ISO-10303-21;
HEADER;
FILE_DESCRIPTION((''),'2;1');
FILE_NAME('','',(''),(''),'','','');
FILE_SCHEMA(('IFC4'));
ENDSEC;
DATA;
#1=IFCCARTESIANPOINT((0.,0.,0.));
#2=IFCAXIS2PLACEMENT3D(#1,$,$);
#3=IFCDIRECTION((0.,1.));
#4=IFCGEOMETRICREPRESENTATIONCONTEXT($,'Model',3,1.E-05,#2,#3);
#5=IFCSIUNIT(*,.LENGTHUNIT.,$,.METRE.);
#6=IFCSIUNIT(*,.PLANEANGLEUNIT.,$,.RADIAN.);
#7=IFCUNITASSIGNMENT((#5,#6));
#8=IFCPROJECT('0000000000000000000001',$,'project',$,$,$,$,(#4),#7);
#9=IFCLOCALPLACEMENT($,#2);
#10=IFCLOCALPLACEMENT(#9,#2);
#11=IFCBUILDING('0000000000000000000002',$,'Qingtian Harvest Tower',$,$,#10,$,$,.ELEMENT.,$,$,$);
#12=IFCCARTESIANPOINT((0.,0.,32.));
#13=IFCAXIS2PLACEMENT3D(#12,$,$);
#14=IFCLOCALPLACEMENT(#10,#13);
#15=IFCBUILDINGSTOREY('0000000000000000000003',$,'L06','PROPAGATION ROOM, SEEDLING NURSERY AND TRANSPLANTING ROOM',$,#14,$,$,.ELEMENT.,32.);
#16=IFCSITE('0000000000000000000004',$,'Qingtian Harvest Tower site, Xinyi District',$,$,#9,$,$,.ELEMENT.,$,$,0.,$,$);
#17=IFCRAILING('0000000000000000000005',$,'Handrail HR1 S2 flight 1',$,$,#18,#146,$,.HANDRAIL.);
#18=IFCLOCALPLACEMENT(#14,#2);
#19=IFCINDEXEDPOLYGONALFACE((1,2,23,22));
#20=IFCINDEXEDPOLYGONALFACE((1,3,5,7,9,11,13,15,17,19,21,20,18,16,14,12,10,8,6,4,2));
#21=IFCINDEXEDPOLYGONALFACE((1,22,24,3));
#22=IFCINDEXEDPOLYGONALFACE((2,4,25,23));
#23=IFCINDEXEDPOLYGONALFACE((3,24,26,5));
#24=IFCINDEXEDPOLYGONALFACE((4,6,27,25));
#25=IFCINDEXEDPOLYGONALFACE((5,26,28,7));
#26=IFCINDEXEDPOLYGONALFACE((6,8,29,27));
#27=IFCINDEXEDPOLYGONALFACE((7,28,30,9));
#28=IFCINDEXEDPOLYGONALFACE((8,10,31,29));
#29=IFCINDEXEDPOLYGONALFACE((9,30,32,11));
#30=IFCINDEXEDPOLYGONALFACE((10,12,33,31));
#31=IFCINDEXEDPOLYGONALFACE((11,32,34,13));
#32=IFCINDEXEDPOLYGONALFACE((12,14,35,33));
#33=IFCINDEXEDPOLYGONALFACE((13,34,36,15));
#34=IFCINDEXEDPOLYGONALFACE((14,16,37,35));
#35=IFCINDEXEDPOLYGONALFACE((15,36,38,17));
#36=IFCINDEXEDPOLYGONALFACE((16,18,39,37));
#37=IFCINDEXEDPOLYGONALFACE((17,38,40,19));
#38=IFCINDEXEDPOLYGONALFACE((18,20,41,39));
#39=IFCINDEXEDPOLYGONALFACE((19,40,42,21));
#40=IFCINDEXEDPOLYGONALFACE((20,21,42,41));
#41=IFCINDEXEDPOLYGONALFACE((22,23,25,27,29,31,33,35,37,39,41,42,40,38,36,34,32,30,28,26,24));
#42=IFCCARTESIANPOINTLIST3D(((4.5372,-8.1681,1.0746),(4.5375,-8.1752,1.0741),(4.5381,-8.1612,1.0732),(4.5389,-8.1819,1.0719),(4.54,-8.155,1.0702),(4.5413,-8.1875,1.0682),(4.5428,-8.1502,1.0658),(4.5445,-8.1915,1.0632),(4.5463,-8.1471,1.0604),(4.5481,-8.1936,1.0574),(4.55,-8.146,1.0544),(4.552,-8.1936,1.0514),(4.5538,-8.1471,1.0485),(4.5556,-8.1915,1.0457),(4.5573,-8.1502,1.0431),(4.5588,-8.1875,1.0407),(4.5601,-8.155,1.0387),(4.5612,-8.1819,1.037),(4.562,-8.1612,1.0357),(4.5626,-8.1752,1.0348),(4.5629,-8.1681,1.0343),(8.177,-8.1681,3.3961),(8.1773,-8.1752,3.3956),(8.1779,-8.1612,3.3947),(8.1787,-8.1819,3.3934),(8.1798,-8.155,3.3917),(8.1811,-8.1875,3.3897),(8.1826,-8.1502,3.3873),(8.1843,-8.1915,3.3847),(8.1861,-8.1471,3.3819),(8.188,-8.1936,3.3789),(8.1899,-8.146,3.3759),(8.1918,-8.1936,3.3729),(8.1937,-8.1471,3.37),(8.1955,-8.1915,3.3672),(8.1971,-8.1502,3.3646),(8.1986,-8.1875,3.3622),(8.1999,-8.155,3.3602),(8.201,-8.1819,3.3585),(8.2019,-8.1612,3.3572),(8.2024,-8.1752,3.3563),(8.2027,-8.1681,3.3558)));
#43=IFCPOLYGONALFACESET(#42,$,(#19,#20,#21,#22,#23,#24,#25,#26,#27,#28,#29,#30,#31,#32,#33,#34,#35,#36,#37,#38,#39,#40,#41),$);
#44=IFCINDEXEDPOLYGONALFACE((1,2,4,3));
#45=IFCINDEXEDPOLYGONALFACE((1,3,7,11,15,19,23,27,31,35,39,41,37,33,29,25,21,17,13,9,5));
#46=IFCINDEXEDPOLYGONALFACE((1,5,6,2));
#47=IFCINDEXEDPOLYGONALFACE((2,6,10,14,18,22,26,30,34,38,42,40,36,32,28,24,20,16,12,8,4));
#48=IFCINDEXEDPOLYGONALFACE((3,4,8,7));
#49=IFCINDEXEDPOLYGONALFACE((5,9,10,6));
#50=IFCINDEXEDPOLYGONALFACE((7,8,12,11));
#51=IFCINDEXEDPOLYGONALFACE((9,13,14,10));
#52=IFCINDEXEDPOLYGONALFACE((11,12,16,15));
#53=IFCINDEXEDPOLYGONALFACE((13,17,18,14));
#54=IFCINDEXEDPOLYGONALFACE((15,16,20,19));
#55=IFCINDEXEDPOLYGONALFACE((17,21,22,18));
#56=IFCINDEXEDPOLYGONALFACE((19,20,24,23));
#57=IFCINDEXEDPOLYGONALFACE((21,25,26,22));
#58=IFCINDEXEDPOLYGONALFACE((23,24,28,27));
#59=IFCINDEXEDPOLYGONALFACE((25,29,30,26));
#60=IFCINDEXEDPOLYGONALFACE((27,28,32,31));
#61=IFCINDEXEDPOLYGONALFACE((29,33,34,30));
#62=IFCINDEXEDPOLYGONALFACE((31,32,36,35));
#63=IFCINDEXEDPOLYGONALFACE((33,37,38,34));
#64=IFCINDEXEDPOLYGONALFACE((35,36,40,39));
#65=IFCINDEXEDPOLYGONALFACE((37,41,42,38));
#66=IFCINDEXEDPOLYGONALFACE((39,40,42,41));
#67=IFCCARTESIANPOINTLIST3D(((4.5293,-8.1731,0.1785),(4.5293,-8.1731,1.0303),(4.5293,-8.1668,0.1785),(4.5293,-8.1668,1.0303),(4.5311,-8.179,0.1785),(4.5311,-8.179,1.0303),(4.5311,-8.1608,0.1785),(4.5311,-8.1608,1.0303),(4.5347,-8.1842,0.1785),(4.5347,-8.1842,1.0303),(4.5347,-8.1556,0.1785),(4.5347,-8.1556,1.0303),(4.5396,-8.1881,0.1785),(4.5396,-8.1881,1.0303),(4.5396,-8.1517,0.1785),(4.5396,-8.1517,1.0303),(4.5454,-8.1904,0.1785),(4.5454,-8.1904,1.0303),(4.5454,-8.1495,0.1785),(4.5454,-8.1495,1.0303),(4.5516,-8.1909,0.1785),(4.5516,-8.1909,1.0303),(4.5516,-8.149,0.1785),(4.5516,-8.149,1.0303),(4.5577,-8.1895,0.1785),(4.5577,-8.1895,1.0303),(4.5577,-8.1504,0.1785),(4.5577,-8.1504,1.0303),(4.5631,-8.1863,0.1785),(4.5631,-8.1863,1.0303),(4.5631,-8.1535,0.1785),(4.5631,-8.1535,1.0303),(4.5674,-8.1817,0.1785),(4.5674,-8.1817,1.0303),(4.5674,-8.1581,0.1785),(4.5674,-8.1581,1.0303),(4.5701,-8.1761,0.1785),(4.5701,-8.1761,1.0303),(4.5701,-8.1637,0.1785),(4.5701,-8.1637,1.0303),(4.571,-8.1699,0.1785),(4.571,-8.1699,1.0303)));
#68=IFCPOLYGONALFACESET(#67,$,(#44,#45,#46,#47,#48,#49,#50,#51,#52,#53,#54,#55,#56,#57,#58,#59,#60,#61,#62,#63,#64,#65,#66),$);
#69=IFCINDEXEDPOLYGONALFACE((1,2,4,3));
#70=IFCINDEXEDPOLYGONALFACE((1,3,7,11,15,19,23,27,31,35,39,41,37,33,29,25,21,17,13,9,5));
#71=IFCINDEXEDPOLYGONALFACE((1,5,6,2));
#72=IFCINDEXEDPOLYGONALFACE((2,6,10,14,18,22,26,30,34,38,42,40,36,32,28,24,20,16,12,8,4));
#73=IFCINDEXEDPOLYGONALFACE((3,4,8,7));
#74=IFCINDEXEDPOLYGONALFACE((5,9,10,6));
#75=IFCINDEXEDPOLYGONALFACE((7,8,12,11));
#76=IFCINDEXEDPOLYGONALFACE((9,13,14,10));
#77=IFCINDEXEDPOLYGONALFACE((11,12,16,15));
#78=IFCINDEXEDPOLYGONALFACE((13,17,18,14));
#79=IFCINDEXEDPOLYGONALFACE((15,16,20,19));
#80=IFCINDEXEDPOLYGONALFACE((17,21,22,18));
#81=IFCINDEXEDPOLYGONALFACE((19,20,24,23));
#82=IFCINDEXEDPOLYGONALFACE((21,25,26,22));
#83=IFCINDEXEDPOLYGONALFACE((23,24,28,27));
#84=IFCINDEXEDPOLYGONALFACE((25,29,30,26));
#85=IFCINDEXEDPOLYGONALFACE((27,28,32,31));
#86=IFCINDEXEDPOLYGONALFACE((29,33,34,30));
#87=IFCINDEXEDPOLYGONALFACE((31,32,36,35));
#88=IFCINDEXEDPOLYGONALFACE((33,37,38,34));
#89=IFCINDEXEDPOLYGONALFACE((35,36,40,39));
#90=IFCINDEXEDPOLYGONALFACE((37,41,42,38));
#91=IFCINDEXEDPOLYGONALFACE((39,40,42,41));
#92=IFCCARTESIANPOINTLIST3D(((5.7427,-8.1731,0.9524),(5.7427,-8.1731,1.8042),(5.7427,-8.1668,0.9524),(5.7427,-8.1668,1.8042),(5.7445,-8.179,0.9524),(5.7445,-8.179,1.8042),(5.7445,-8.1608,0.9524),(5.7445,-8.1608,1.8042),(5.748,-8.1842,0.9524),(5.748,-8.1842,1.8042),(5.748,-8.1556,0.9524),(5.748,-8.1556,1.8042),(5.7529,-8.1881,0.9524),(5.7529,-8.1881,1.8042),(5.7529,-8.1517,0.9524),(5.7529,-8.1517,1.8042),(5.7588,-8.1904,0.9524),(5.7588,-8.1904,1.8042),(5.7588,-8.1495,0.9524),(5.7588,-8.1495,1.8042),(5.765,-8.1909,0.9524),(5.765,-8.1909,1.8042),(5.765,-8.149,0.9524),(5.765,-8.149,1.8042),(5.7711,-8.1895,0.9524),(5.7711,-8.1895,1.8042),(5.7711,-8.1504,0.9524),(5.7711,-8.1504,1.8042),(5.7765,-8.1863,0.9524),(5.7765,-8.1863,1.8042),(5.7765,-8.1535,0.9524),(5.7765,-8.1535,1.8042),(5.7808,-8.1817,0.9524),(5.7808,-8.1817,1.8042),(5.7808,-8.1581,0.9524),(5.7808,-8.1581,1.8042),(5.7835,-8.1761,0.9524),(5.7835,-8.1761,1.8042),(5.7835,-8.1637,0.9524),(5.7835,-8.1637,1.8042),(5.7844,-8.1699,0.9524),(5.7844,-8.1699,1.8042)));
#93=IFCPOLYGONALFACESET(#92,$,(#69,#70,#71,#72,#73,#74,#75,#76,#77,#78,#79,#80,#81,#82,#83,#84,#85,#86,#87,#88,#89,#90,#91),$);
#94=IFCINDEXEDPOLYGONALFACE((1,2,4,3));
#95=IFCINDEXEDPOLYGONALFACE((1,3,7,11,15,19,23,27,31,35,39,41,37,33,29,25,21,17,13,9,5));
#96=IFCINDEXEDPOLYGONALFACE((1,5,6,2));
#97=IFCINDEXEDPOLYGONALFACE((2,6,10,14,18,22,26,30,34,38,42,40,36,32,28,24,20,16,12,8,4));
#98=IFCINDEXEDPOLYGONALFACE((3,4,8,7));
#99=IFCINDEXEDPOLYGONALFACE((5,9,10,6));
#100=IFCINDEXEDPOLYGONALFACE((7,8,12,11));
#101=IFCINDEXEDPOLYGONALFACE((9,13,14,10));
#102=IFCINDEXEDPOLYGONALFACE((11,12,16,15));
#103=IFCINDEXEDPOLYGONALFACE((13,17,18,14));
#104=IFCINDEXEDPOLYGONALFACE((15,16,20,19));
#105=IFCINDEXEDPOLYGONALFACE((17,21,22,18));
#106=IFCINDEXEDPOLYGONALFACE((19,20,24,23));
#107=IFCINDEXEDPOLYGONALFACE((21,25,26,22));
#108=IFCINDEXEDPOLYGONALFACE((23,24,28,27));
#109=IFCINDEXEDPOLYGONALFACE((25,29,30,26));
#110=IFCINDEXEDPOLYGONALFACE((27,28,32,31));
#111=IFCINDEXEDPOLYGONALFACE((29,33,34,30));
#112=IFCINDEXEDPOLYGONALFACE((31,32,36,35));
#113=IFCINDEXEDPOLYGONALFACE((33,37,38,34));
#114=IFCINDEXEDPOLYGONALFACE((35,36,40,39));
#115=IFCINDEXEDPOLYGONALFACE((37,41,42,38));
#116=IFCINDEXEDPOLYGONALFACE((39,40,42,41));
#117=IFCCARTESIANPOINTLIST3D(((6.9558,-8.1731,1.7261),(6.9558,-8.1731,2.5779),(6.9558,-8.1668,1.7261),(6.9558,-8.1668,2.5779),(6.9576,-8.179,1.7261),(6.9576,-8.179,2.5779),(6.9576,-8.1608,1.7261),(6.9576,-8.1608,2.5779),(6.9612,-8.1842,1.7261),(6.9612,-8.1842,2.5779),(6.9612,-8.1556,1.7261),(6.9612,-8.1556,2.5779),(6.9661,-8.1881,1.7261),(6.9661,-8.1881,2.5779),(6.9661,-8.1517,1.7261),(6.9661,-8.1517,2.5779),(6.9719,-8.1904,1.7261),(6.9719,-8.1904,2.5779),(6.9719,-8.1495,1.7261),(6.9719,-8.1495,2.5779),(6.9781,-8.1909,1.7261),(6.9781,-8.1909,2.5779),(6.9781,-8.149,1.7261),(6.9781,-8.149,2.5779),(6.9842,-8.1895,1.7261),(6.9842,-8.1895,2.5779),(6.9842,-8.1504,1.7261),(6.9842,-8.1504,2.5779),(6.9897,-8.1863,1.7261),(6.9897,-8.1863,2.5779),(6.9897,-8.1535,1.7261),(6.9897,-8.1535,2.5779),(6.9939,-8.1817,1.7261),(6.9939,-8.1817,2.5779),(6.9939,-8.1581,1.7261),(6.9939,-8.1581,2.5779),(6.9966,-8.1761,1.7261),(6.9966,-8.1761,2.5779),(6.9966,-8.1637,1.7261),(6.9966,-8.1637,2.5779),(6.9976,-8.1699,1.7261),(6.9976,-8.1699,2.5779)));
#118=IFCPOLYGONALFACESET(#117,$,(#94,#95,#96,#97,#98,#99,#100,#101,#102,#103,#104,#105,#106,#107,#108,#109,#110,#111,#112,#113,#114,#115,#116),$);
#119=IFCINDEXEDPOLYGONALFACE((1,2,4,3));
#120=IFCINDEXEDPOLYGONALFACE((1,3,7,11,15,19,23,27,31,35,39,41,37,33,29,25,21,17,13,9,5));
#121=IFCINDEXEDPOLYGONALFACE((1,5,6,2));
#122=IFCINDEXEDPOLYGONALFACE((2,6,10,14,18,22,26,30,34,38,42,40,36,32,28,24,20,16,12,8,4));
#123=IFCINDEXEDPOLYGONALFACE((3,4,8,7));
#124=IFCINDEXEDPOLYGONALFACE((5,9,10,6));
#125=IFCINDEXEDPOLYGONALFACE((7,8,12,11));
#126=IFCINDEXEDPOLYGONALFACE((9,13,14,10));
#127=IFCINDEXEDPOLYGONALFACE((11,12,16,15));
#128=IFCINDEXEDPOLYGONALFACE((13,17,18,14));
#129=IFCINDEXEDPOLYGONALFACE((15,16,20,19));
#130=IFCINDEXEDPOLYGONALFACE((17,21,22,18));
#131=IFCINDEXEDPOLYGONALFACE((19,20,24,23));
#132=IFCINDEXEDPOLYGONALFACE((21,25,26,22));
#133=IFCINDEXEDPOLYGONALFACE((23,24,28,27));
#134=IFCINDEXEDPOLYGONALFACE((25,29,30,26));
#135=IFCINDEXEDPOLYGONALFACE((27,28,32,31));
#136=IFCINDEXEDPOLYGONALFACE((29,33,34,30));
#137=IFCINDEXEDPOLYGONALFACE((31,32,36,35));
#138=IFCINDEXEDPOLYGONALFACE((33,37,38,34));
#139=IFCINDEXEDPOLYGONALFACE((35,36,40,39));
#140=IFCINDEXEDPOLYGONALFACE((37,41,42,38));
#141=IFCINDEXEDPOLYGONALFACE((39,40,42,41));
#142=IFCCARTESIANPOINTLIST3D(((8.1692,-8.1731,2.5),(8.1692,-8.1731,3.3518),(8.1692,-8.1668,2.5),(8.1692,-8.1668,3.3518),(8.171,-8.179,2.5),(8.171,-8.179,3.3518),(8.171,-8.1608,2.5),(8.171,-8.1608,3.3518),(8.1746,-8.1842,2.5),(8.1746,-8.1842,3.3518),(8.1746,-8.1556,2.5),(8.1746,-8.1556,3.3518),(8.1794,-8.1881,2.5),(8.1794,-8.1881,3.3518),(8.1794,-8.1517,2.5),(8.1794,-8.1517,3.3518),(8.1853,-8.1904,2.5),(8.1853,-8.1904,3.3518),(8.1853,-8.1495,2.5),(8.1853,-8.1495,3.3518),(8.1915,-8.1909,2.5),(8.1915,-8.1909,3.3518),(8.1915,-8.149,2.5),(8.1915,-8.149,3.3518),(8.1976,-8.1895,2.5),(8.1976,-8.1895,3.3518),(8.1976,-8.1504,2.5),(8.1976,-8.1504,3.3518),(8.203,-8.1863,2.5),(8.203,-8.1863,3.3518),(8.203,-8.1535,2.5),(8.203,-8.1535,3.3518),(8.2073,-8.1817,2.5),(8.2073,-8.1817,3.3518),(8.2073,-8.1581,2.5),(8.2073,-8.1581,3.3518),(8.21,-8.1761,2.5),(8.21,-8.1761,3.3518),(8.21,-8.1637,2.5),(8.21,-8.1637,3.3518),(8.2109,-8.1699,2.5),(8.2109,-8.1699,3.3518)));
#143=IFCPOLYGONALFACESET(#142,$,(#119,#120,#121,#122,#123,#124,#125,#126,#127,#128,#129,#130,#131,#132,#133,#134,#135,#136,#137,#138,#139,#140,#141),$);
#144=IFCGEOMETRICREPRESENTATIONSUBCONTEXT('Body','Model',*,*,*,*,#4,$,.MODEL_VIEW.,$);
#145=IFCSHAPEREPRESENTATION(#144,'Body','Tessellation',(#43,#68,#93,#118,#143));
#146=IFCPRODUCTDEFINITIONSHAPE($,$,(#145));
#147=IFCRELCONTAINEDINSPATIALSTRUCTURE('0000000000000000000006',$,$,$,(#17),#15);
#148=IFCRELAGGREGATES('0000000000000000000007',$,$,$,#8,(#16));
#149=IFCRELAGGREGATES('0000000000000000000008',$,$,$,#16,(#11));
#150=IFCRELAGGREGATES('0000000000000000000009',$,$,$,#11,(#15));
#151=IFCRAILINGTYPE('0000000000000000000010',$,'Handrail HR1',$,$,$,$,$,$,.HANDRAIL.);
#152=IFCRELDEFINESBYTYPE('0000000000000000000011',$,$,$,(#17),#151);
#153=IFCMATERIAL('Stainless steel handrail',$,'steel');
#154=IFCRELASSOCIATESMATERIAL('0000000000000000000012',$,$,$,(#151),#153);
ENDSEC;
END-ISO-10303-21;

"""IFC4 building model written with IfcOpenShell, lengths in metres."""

from ifc_helpers import new_model, si_unit, direction, frame, origin, origin_2d, place, context, subcontext, project, spatial, circle, extrude, material, type_object, element, save


model = new_model("IFC4")

# Units and contexts
model_context = context("Model", 3, precision=1e-05, world=origin(), true_north=direction((0.0, 1.0)))
body_context = subcontext(model_context, "Body", "Model", "MODEL_VIEW")
ifc_project = project(units=[si_unit("LENGTHUNIT", "METRE"), si_unit("PLANEANGLEUNIT", "RADIAN")], contexts=[model_context])

# Site, building, storey
site_placement = place(None, origin())
site = spatial("IfcSite", under=ifc_project, at=site_placement, Name="Qingtian Harvest Tower site, Xinyi District", CompositionType="ELEMENT", RefElevation=0.0)
building_placement = place(site_placement, origin())
building = spatial("IfcBuilding", under=site, at=building_placement, Name="Qingtian Harvest Tower", CompositionType="ELEMENT")
storey_placement = place(building_placement, frame((0.0, 0.0, 32.0)))
storey = spatial("IfcBuildingStorey", under=building, at=storey_placement, Name="L06", Description="PROPAGATION ROOM, SEEDLING NURSERY AND TRANSPLANTING ROOM", CompositionType="ELEMENT", Elevation=32.0)

# Railing
ifc_material_1 = material(Name="Stainless steel handrail", Category="steel")
railing_type = type_object("IfcRailingType", Name="Handrail HR1", PredefinedType="HANDRAIL", material=ifc_material_1)
railing_1_placement = place(storey_placement, frame((4.55, -8.1699, 0.1785)))
element("IfcRailing", 1, at=railing_1_placement, inside=storey, type_object=railing_type, Name="Handrail HR1 S2 flight 1", PredefinedType="HANDRAIL", context=body_context, shape_type="SweptSolid", body=[
    extrude(circle(Radius=0.0239, at=origin_2d()), frame((0.0, 0.0, 0.876), z_axis=(0.843112, 0.0, 0.537739), x_axis=(0.0, 1.0, 0.0)), (0.0, 0.0, 1.0), 4.3171),
    extrude(circle(Radius=0.021, at=origin_2d()), origin(), (0.0, 0.0, 1.0), 0.8518),
    extrude(circle(Radius=0.021, at=origin_2d()), frame((1.2134, 0.0, 0.7739)), (0.0, 0.0, 1.0), 0.8518),
    extrude(circle(Radius=0.021, at=origin_2d()), frame((2.4265, 0.0, 1.5476)), (0.0, 0.0, 1.0), 0.8518),
    extrude(circle(Radius=0.021, at=origin_2d()), frame((3.6399, 0.0, 2.3215)), (0.0, 0.0, 1.0), 0.8518),
])

save(model, "model.ifc")
